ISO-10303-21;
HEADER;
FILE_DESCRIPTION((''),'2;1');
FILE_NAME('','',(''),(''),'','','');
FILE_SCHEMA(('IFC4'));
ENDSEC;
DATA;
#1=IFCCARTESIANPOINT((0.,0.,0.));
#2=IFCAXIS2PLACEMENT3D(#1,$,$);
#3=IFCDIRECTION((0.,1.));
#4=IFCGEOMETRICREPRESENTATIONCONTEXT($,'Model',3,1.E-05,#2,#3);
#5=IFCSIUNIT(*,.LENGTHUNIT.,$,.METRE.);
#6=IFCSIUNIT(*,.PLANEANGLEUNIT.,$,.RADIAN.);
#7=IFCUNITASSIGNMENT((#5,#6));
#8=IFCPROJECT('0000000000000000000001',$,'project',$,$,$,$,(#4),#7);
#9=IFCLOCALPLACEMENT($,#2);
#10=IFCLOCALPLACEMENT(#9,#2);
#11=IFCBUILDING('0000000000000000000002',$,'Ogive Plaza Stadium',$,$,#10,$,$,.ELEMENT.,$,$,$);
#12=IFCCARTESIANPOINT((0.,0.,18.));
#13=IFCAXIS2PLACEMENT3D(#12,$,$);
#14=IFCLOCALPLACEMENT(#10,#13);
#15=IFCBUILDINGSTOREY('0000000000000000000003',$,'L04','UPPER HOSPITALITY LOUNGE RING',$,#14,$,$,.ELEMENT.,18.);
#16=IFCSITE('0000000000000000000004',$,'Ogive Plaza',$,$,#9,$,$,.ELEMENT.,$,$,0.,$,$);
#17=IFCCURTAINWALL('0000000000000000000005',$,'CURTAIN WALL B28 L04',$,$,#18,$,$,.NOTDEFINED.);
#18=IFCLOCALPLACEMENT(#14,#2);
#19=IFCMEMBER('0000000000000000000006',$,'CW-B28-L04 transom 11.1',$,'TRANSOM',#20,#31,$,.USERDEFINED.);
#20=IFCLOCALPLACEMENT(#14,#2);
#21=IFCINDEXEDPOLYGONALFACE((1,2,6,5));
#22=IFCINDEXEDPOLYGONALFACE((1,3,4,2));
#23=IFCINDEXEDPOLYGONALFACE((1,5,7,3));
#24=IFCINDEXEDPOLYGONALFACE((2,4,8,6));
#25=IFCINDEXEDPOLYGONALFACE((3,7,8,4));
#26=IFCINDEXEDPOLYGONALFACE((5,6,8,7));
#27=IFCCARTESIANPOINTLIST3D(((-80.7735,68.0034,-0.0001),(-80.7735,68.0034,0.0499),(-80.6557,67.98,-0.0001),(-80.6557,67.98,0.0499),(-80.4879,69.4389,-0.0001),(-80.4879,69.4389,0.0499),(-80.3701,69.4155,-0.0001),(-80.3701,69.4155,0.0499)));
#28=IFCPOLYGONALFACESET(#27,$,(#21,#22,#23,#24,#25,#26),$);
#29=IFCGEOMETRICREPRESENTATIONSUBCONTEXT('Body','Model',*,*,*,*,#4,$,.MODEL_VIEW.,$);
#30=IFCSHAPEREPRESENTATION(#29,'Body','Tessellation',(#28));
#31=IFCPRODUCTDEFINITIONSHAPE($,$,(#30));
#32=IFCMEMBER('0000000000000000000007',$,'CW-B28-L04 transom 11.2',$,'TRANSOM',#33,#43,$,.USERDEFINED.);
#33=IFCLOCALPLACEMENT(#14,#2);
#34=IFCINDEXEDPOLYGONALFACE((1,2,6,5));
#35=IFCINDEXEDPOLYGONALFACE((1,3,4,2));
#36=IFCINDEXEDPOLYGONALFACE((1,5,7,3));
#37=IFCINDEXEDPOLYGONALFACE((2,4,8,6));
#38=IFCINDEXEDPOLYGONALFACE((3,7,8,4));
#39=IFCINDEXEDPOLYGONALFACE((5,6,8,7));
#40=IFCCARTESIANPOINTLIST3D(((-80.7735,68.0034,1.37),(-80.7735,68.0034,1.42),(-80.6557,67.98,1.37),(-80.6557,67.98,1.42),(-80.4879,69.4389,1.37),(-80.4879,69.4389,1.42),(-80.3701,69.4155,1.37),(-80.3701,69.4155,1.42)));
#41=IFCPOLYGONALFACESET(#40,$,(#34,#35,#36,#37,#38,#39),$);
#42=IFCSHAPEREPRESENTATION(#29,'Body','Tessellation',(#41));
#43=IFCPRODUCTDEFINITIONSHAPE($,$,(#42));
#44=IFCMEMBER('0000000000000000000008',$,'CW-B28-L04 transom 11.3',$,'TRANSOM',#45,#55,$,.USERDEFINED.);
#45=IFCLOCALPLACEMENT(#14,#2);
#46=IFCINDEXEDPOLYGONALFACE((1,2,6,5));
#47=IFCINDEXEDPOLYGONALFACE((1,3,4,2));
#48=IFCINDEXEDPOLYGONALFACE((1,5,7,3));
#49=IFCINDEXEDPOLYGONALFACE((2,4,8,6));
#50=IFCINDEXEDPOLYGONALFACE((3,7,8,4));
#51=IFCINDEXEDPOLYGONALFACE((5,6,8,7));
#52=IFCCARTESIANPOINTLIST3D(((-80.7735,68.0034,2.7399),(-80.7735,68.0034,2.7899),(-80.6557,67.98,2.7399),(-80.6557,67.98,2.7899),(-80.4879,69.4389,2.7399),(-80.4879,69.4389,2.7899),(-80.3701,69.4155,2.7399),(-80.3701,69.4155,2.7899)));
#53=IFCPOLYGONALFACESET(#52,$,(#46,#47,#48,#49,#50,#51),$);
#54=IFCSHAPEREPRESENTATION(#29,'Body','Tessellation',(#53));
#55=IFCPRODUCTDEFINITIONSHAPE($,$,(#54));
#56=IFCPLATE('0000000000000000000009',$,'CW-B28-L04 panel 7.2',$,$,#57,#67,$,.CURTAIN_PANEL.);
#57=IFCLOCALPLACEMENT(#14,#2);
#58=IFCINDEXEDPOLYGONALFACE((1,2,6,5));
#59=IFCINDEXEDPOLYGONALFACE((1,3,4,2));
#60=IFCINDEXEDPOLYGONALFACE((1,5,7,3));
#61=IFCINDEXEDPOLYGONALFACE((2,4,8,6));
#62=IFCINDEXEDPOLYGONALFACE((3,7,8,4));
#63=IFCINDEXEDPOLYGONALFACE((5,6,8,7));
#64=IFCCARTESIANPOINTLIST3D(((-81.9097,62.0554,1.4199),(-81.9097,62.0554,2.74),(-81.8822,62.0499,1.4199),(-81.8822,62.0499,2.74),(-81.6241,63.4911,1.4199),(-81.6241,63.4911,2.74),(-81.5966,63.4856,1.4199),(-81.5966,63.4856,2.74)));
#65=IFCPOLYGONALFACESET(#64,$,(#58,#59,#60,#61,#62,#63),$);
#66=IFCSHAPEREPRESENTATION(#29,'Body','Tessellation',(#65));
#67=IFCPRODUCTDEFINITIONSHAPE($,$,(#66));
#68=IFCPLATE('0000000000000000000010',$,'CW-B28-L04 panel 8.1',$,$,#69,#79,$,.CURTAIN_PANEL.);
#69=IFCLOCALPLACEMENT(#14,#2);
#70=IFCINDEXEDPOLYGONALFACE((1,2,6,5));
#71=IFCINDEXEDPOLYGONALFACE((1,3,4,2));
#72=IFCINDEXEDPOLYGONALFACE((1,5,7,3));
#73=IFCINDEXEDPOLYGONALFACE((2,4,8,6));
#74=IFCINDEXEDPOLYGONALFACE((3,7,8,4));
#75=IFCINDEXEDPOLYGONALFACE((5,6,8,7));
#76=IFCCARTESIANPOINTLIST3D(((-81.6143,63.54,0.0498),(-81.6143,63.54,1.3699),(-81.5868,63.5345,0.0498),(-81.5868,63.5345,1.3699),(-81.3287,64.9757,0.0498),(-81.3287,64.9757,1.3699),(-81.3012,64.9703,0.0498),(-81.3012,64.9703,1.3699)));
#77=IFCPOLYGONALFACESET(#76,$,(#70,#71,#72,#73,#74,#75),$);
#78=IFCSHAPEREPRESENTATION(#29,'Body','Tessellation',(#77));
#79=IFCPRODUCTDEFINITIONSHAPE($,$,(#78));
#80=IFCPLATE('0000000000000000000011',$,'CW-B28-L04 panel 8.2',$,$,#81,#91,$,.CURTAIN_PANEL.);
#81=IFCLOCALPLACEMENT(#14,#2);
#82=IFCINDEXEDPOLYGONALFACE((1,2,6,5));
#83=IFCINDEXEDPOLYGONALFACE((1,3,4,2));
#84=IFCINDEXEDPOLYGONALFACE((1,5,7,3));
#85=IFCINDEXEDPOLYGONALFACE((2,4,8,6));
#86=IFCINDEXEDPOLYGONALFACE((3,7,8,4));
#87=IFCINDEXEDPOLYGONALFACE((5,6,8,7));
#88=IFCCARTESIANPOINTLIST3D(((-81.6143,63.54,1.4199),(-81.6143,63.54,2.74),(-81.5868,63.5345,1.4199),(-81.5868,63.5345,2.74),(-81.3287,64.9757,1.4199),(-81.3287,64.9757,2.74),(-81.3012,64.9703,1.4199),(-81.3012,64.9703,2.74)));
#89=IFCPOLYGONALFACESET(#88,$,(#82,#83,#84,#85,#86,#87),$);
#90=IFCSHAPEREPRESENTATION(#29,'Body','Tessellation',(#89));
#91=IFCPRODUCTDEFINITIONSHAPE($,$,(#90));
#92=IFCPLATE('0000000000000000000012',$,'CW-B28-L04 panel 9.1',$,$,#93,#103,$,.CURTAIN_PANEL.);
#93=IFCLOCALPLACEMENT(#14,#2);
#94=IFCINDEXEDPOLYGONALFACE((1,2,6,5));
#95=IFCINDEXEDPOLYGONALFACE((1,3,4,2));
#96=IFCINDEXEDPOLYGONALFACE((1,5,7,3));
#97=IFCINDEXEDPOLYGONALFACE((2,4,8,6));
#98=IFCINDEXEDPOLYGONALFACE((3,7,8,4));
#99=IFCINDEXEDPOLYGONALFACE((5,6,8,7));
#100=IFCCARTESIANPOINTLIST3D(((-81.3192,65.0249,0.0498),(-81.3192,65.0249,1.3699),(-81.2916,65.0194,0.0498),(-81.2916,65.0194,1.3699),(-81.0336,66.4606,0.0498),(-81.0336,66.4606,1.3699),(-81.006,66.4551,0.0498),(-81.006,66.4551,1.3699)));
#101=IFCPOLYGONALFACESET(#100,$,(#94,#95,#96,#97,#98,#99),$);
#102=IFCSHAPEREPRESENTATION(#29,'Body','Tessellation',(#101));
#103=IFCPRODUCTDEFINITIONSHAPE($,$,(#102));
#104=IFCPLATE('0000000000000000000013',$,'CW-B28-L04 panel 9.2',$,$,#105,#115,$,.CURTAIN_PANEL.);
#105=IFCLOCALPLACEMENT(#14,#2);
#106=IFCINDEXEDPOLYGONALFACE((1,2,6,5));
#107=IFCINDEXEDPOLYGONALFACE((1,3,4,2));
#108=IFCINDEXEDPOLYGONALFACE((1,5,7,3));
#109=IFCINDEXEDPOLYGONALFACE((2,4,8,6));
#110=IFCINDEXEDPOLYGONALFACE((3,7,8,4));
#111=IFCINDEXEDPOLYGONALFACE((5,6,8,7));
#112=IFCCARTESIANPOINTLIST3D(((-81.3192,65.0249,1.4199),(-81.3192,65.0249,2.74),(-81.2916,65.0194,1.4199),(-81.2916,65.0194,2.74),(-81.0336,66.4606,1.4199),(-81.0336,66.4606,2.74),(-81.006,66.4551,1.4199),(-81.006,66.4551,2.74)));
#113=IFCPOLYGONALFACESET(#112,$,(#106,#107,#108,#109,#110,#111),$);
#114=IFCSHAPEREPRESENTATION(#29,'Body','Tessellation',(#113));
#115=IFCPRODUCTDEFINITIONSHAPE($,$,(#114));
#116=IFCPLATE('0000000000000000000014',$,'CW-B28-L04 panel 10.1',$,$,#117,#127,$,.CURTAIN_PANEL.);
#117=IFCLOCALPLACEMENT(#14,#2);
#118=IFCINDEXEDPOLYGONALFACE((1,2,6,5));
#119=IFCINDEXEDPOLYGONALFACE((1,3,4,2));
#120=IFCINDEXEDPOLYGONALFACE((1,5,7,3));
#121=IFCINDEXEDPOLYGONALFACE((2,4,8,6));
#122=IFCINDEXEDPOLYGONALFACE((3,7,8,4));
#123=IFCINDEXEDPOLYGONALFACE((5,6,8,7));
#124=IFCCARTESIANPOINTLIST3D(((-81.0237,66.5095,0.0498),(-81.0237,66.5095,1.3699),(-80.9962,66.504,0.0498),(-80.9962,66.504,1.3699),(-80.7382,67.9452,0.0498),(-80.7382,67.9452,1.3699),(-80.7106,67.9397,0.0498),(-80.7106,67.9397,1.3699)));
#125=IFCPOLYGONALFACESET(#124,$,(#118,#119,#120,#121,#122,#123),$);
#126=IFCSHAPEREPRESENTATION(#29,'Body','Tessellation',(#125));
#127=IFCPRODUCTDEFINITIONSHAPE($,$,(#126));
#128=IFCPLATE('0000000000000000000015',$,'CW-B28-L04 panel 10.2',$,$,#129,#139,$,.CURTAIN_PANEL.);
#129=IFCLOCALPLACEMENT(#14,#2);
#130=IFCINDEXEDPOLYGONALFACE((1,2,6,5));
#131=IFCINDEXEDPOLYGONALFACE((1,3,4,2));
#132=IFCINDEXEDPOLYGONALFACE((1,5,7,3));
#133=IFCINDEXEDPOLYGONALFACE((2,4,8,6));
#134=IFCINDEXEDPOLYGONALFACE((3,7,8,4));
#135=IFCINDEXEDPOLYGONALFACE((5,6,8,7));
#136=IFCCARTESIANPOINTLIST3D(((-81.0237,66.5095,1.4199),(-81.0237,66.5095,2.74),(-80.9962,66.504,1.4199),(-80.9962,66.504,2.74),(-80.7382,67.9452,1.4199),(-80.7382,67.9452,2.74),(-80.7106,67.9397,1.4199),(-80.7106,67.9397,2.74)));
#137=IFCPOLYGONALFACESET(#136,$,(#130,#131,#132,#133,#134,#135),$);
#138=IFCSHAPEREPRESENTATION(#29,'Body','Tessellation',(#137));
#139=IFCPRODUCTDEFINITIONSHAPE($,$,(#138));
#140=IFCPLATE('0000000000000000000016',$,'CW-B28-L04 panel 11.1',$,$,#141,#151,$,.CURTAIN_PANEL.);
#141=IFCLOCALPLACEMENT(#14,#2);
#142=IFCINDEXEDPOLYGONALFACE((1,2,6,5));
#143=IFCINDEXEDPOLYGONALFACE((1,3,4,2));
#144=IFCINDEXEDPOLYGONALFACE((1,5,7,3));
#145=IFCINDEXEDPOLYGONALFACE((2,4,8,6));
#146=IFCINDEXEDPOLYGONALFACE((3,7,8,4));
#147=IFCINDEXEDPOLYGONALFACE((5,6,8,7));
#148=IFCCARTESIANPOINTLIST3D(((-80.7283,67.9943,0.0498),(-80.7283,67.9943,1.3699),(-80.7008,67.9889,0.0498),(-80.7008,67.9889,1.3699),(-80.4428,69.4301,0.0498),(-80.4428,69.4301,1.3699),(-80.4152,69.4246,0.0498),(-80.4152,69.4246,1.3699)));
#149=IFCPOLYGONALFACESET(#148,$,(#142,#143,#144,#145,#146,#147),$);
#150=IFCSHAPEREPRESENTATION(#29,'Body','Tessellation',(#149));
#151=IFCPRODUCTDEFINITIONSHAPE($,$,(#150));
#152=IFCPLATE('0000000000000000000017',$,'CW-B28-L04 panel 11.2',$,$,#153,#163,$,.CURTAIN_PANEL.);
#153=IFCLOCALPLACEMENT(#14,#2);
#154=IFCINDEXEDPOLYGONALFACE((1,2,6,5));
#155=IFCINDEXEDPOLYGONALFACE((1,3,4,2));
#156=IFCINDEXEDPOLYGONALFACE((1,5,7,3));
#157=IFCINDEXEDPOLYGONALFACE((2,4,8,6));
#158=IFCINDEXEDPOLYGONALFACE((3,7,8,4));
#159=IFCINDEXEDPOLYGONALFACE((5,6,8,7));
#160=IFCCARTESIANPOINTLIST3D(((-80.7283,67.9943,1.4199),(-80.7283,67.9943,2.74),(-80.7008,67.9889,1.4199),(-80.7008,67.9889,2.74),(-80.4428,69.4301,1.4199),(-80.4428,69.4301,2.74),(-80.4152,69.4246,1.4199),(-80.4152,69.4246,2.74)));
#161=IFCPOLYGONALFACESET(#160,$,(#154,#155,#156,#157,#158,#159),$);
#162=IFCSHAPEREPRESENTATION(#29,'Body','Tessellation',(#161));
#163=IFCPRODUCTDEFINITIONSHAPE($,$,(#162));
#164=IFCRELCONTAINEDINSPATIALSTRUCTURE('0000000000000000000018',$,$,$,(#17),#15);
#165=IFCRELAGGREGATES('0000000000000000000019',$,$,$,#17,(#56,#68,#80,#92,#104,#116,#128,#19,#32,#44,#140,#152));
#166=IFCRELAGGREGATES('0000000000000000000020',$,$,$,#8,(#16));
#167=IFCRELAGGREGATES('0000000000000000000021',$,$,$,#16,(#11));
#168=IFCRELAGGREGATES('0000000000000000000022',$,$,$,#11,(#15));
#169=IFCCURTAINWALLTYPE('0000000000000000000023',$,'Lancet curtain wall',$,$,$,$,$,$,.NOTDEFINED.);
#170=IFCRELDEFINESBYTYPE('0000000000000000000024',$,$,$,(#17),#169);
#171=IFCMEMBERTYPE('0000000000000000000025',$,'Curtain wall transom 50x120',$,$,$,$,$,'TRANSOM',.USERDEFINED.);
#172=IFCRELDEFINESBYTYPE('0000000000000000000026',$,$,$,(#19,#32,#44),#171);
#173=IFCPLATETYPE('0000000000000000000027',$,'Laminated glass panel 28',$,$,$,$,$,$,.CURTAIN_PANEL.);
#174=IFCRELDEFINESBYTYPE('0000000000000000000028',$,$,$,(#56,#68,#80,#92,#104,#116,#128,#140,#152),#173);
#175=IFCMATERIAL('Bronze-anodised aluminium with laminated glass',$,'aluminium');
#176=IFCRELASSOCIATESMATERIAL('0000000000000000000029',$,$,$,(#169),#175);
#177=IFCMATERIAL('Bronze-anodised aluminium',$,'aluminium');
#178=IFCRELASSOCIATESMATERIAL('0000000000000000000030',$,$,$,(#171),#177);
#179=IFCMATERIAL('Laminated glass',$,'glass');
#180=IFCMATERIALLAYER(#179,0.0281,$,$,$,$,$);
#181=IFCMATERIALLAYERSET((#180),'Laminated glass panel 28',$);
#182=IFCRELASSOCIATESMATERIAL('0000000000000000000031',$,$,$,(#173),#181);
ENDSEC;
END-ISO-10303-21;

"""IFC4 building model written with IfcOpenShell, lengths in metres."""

from ifc_helpers import new_model, si_unit, direction, frame, origin, origin_2d, place, context, subcontext, project, spatial, rectangle, extrude, material, layer, layer_set, material_profile, profile_set, type_object, element, aggregate, save


model = new_model("IFC4")

# Units and contexts
model_context = context("Model", 3, precision=1e-05, world=origin(), true_north=direction((0.0, 1.0)))
body_context = subcontext(model_context, "Body", "Model", "MODEL_VIEW")
ifc_project = project(units=[si_unit("LENGTHUNIT", "METRE"), si_unit("PLANEANGLEUNIT", "RADIAN")], contexts=[model_context])

# Site, building, storey
site_placement = place(None, origin())
site = spatial("IfcSite", under=ifc_project, at=site_placement, Name="Ogive Plaza", CompositionType="ELEMENT", RefElevation=0.0)
building_placement = place(site_placement, origin())
building = spatial("IfcBuilding", under=site, at=building_placement, Name="Ogive Plaza Stadium", CompositionType="ELEMENT")
storey_placement = place(building_placement, frame((0.0, 0.0, 18.0)))
storey = spatial("IfcBuildingStorey", under=building, at=storey_placement, Name="L04", Description="UPPER HOSPITALITY LOUNGE RING", CompositionType="ELEMENT", Elevation=18.0)

# Curtain wall, members, plates
ifc_material_1 = material(Name="Bronze-anodised aluminium with laminated glass", Category="aluminium")
curtain_wall_type = type_object("IfcCurtainWallType", Name="Lancet curtain wall", PredefinedType="NOTDEFINED", material=ifc_material_1)
curtain_wall_placement = place(storey_placement, origin())
curtain_wall = element("IfcCurtainWall", 1, at=curtain_wall_placement, inside=storey, type_object=curtain_wall_type, Name="CURTAIN WALL B28 L04", PredefinedType="NOTDEFINED")
ifc_material_2 = material(Name="Bronze-anodised aluminium", Category="aluminium")
ifc_material_profile_1 = material_profile(ifc_material_2, rectangle(XDim=0.1201, YDim=0.05, at=origin_2d()), Name="AL 120x50")
ifc_profile_set_1 = profile_set([ifc_material_profile_1], Name="Bronze-anodised aluminium")
member_type_1 = type_object("IfcMemberType", Name="Curtain wall transom 50x120", ElementType="TRANSOM", PredefinedType="USERDEFINED", material=ifc_profile_set_1)
member_1_placement = place(storey_placement, frame((-80.7146, 67.9917, 0.0249), z_axis=(0.195154, 0.980773, 0.0), x_axis=(-0.980773, 0.195154, 0.0)))
member_1 = element("IfcMember", 2, at=member_1_placement, type_object=member_type_1, Name="CW-B28-L04 transom 11.1", ObjectType="TRANSOM", PredefinedType="USERDEFINED", context=body_context, shape_type="SweptSolid", body=[
    extrude(rectangle(XDim=0.1201, YDim=0.05, at=origin_2d()), origin(), (0.0, 0.0, 1.0), 1.4636),
])
member_2_placement = place(storey_placement, frame((-80.7146, 67.9917, 1.395), z_axis=(0.195154, 0.980773, 0.0), x_axis=(-0.980773, 0.195154, 0.0)))
member_2 = element("IfcMember", 3, at=member_2_placement, type_object=member_type_1, Name="CW-B28-L04 transom 11.2", ObjectType="TRANSOM", PredefinedType="USERDEFINED", context=body_context, shape_type="SweptSolid", body=[
    extrude(rectangle(XDim=0.1201, YDim=0.05, at=origin_2d()), origin(), (0.0, 0.0, 1.0), 1.4636),
])
member_3_placement = place(storey_placement, frame((-80.7146, 67.9917, 2.7649), z_axis=(0.195154, 0.980773, 0.0), x_axis=(-0.980773, 0.195154, 0.0)))
member_3 = element("IfcMember", 4, at=member_3_placement, type_object=member_type_1, Name="CW-B28-L04 transom 11.3", ObjectType="TRANSOM", PredefinedType="USERDEFINED", context=body_context, shape_type="SweptSolid", body=[
    extrude(rectangle(XDim=0.1201, YDim=0.05, at=origin_2d()), origin(), (0.0, 0.0, 1.0), 1.4636),
])
ifc_material_3 = material(Name="Laminated glass", Category="glass")
ifc_layer = layer(ifc_material_3, 0.0281)
ifc_layer_set = layer_set([ifc_layer], Name="Laminated glass panel 28")
plate_type = type_object("IfcPlateType", Name="Laminated glass panel 28", PredefinedType="CURTAIN_PANEL", material=ifc_layer_set)
plate_1_placement = place(storey_placement, frame((-81.7532, 62.7705, 1.4199), z_axis=(0.0, 0.0, 1.0), x_axis=(0.19509, 0.980785, 0.0)))
plate_1 = element("IfcPlate", 5, at=plate_1_placement, type_object=plate_type, Name="CW-B28-L04 panel 7.2", PredefinedType="CURTAIN_PANEL", context=body_context, shape_type="SweptSolid", body=[
    extrude(rectangle(XDim=1.4639, YDim=0.0281, at=origin_2d()), origin(), (0.0, 0.0, 1.0), 1.3201),
])
plate_2_placement = place(storey_placement, frame((-81.4578, 64.2551, 0.0498), z_axis=(0.0, 0.0, 1.0), x_axis=(0.19509, 0.980785, 0.0)))
plate_2 = element("IfcPlate", 6, at=plate_2_placement, type_object=plate_type, Name="CW-B28-L04 panel 8.1", PredefinedType="CURTAIN_PANEL", context=body_context, shape_type="SweptSolid", body=[
    extrude(rectangle(XDim=1.4639, YDim=0.0281, at=origin_2d()), origin(), (0.0, 0.0, 1.0), 1.3201),
])
plate_3_placement = place(storey_placement, frame((-81.4578, 64.2551, 1.4199), z_axis=(0.0, 0.0, 1.0), x_axis=(0.19509, 0.980785, 0.0)))
plate_3 = element("IfcPlate", 7, at=plate_3_placement, type_object=plate_type, Name="CW-B28-L04 panel 8.2", PredefinedType="CURTAIN_PANEL", context=body_context, shape_type="SweptSolid", body=[
    extrude(rectangle(XDim=1.4639, YDim=0.0281, at=origin_2d()), origin(), (0.0, 0.0, 1.0), 1.3201),
])
plate_4_placement = place(storey_placement, frame((-81.1626, 65.74, 0.0498), z_axis=(0.0, 0.0, 1.0), x_axis=(0.19509, 0.980785, 0.0)))
plate_4 = element("IfcPlate", 8, at=plate_4_placement, type_object=plate_type, Name="CW-B28-L04 panel 9.1", PredefinedType="CURTAIN_PANEL", context=body_context, shape_type="SweptSolid", body=[
    extrude(rectangle(XDim=1.4639, YDim=0.0281, at=origin_2d()), origin(), (0.0, 0.0, 1.0), 1.3201),
])
plate_5_placement = place(storey_placement, frame((-81.1626, 65.74, 1.4199), z_axis=(0.0, 0.0, 1.0), x_axis=(0.19509, 0.980785, 0.0)))
plate_5 = element("IfcPlate", 9, at=plate_5_placement, type_object=plate_type, Name="CW-B28-L04 panel 9.2", PredefinedType="CURTAIN_PANEL", context=body_context, shape_type="SweptSolid", body=[
    extrude(rectangle(XDim=1.4639, YDim=0.0281, at=origin_2d()), origin(), (0.0, 0.0, 1.0), 1.3201),
])
plate_6_placement = place(storey_placement, frame((-80.8672, 67.2246, 0.0498), z_axis=(0.0, 0.0, 1.0), x_axis=(0.19509, 0.980785, 0.0)))
plate_6 = element("IfcPlate", 10, at=plate_6_placement, type_object=plate_type, Name="CW-B28-L04 panel 10.1", PredefinedType="CURTAIN_PANEL", context=body_context, shape_type="SweptSolid", body=[
    extrude(rectangle(XDim=1.4639, YDim=0.0281, at=origin_2d()), origin(), (0.0, 0.0, 1.0), 1.3201),
])
plate_7_placement = place(storey_placement, frame((-80.8672, 67.2246, 1.4199), z_axis=(0.0, 0.0, 1.0), x_axis=(0.19509, 0.980785, 0.0)))
plate_7 = element("IfcPlate", 11, at=plate_7_placement, type_object=plate_type, Name="CW-B28-L04 panel 10.2", PredefinedType="CURTAIN_PANEL", context=body_context, shape_type="SweptSolid", body=[
    extrude(rectangle(XDim=1.4639, YDim=0.0281, at=origin_2d()), origin(), (0.0, 0.0, 1.0), 1.3201),
])
plate_8_placement = place(storey_placement, frame((-80.5718, 68.7095, 0.0498), z_axis=(0.0, 0.0, 1.0), x_axis=(0.19509, 0.980785, 0.0)))
plate_8 = element("IfcPlate", 12, at=plate_8_placement, type_object=plate_type, Name="CW-B28-L04 panel 11.1", PredefinedType="CURTAIN_PANEL", context=body_context, shape_type="SweptSolid", body=[
    extrude(rectangle(XDim=1.4639, YDim=0.0281, at=origin_2d()), origin(), (0.0, 0.0, 1.0), 1.3201),
])
plate_9_placement = place(storey_placement, frame((-80.5718, 68.7095, 1.4199), z_axis=(0.0, 0.0, 1.0), x_axis=(0.19509, 0.980785, 0.0)))
plate_9 = element("IfcPlate", 13, at=plate_9_placement, type_object=plate_type, Name="CW-B28-L04 panel 11.2", PredefinedType="CURTAIN_PANEL", context=body_context, shape_type="SweptSolid", body=[
    extrude(rectangle(XDim=1.4639, YDim=0.0281, at=origin_2d()), origin(), (0.0, 0.0, 1.0), 1.3201),
])
aggregate(curtain_wall, [plate_1, plate_2, plate_3, plate_4, plate_5, plate_6, plate_7, member_1, member_2, member_3, plate_8, plate_9])

save(model, "model.ifc")
